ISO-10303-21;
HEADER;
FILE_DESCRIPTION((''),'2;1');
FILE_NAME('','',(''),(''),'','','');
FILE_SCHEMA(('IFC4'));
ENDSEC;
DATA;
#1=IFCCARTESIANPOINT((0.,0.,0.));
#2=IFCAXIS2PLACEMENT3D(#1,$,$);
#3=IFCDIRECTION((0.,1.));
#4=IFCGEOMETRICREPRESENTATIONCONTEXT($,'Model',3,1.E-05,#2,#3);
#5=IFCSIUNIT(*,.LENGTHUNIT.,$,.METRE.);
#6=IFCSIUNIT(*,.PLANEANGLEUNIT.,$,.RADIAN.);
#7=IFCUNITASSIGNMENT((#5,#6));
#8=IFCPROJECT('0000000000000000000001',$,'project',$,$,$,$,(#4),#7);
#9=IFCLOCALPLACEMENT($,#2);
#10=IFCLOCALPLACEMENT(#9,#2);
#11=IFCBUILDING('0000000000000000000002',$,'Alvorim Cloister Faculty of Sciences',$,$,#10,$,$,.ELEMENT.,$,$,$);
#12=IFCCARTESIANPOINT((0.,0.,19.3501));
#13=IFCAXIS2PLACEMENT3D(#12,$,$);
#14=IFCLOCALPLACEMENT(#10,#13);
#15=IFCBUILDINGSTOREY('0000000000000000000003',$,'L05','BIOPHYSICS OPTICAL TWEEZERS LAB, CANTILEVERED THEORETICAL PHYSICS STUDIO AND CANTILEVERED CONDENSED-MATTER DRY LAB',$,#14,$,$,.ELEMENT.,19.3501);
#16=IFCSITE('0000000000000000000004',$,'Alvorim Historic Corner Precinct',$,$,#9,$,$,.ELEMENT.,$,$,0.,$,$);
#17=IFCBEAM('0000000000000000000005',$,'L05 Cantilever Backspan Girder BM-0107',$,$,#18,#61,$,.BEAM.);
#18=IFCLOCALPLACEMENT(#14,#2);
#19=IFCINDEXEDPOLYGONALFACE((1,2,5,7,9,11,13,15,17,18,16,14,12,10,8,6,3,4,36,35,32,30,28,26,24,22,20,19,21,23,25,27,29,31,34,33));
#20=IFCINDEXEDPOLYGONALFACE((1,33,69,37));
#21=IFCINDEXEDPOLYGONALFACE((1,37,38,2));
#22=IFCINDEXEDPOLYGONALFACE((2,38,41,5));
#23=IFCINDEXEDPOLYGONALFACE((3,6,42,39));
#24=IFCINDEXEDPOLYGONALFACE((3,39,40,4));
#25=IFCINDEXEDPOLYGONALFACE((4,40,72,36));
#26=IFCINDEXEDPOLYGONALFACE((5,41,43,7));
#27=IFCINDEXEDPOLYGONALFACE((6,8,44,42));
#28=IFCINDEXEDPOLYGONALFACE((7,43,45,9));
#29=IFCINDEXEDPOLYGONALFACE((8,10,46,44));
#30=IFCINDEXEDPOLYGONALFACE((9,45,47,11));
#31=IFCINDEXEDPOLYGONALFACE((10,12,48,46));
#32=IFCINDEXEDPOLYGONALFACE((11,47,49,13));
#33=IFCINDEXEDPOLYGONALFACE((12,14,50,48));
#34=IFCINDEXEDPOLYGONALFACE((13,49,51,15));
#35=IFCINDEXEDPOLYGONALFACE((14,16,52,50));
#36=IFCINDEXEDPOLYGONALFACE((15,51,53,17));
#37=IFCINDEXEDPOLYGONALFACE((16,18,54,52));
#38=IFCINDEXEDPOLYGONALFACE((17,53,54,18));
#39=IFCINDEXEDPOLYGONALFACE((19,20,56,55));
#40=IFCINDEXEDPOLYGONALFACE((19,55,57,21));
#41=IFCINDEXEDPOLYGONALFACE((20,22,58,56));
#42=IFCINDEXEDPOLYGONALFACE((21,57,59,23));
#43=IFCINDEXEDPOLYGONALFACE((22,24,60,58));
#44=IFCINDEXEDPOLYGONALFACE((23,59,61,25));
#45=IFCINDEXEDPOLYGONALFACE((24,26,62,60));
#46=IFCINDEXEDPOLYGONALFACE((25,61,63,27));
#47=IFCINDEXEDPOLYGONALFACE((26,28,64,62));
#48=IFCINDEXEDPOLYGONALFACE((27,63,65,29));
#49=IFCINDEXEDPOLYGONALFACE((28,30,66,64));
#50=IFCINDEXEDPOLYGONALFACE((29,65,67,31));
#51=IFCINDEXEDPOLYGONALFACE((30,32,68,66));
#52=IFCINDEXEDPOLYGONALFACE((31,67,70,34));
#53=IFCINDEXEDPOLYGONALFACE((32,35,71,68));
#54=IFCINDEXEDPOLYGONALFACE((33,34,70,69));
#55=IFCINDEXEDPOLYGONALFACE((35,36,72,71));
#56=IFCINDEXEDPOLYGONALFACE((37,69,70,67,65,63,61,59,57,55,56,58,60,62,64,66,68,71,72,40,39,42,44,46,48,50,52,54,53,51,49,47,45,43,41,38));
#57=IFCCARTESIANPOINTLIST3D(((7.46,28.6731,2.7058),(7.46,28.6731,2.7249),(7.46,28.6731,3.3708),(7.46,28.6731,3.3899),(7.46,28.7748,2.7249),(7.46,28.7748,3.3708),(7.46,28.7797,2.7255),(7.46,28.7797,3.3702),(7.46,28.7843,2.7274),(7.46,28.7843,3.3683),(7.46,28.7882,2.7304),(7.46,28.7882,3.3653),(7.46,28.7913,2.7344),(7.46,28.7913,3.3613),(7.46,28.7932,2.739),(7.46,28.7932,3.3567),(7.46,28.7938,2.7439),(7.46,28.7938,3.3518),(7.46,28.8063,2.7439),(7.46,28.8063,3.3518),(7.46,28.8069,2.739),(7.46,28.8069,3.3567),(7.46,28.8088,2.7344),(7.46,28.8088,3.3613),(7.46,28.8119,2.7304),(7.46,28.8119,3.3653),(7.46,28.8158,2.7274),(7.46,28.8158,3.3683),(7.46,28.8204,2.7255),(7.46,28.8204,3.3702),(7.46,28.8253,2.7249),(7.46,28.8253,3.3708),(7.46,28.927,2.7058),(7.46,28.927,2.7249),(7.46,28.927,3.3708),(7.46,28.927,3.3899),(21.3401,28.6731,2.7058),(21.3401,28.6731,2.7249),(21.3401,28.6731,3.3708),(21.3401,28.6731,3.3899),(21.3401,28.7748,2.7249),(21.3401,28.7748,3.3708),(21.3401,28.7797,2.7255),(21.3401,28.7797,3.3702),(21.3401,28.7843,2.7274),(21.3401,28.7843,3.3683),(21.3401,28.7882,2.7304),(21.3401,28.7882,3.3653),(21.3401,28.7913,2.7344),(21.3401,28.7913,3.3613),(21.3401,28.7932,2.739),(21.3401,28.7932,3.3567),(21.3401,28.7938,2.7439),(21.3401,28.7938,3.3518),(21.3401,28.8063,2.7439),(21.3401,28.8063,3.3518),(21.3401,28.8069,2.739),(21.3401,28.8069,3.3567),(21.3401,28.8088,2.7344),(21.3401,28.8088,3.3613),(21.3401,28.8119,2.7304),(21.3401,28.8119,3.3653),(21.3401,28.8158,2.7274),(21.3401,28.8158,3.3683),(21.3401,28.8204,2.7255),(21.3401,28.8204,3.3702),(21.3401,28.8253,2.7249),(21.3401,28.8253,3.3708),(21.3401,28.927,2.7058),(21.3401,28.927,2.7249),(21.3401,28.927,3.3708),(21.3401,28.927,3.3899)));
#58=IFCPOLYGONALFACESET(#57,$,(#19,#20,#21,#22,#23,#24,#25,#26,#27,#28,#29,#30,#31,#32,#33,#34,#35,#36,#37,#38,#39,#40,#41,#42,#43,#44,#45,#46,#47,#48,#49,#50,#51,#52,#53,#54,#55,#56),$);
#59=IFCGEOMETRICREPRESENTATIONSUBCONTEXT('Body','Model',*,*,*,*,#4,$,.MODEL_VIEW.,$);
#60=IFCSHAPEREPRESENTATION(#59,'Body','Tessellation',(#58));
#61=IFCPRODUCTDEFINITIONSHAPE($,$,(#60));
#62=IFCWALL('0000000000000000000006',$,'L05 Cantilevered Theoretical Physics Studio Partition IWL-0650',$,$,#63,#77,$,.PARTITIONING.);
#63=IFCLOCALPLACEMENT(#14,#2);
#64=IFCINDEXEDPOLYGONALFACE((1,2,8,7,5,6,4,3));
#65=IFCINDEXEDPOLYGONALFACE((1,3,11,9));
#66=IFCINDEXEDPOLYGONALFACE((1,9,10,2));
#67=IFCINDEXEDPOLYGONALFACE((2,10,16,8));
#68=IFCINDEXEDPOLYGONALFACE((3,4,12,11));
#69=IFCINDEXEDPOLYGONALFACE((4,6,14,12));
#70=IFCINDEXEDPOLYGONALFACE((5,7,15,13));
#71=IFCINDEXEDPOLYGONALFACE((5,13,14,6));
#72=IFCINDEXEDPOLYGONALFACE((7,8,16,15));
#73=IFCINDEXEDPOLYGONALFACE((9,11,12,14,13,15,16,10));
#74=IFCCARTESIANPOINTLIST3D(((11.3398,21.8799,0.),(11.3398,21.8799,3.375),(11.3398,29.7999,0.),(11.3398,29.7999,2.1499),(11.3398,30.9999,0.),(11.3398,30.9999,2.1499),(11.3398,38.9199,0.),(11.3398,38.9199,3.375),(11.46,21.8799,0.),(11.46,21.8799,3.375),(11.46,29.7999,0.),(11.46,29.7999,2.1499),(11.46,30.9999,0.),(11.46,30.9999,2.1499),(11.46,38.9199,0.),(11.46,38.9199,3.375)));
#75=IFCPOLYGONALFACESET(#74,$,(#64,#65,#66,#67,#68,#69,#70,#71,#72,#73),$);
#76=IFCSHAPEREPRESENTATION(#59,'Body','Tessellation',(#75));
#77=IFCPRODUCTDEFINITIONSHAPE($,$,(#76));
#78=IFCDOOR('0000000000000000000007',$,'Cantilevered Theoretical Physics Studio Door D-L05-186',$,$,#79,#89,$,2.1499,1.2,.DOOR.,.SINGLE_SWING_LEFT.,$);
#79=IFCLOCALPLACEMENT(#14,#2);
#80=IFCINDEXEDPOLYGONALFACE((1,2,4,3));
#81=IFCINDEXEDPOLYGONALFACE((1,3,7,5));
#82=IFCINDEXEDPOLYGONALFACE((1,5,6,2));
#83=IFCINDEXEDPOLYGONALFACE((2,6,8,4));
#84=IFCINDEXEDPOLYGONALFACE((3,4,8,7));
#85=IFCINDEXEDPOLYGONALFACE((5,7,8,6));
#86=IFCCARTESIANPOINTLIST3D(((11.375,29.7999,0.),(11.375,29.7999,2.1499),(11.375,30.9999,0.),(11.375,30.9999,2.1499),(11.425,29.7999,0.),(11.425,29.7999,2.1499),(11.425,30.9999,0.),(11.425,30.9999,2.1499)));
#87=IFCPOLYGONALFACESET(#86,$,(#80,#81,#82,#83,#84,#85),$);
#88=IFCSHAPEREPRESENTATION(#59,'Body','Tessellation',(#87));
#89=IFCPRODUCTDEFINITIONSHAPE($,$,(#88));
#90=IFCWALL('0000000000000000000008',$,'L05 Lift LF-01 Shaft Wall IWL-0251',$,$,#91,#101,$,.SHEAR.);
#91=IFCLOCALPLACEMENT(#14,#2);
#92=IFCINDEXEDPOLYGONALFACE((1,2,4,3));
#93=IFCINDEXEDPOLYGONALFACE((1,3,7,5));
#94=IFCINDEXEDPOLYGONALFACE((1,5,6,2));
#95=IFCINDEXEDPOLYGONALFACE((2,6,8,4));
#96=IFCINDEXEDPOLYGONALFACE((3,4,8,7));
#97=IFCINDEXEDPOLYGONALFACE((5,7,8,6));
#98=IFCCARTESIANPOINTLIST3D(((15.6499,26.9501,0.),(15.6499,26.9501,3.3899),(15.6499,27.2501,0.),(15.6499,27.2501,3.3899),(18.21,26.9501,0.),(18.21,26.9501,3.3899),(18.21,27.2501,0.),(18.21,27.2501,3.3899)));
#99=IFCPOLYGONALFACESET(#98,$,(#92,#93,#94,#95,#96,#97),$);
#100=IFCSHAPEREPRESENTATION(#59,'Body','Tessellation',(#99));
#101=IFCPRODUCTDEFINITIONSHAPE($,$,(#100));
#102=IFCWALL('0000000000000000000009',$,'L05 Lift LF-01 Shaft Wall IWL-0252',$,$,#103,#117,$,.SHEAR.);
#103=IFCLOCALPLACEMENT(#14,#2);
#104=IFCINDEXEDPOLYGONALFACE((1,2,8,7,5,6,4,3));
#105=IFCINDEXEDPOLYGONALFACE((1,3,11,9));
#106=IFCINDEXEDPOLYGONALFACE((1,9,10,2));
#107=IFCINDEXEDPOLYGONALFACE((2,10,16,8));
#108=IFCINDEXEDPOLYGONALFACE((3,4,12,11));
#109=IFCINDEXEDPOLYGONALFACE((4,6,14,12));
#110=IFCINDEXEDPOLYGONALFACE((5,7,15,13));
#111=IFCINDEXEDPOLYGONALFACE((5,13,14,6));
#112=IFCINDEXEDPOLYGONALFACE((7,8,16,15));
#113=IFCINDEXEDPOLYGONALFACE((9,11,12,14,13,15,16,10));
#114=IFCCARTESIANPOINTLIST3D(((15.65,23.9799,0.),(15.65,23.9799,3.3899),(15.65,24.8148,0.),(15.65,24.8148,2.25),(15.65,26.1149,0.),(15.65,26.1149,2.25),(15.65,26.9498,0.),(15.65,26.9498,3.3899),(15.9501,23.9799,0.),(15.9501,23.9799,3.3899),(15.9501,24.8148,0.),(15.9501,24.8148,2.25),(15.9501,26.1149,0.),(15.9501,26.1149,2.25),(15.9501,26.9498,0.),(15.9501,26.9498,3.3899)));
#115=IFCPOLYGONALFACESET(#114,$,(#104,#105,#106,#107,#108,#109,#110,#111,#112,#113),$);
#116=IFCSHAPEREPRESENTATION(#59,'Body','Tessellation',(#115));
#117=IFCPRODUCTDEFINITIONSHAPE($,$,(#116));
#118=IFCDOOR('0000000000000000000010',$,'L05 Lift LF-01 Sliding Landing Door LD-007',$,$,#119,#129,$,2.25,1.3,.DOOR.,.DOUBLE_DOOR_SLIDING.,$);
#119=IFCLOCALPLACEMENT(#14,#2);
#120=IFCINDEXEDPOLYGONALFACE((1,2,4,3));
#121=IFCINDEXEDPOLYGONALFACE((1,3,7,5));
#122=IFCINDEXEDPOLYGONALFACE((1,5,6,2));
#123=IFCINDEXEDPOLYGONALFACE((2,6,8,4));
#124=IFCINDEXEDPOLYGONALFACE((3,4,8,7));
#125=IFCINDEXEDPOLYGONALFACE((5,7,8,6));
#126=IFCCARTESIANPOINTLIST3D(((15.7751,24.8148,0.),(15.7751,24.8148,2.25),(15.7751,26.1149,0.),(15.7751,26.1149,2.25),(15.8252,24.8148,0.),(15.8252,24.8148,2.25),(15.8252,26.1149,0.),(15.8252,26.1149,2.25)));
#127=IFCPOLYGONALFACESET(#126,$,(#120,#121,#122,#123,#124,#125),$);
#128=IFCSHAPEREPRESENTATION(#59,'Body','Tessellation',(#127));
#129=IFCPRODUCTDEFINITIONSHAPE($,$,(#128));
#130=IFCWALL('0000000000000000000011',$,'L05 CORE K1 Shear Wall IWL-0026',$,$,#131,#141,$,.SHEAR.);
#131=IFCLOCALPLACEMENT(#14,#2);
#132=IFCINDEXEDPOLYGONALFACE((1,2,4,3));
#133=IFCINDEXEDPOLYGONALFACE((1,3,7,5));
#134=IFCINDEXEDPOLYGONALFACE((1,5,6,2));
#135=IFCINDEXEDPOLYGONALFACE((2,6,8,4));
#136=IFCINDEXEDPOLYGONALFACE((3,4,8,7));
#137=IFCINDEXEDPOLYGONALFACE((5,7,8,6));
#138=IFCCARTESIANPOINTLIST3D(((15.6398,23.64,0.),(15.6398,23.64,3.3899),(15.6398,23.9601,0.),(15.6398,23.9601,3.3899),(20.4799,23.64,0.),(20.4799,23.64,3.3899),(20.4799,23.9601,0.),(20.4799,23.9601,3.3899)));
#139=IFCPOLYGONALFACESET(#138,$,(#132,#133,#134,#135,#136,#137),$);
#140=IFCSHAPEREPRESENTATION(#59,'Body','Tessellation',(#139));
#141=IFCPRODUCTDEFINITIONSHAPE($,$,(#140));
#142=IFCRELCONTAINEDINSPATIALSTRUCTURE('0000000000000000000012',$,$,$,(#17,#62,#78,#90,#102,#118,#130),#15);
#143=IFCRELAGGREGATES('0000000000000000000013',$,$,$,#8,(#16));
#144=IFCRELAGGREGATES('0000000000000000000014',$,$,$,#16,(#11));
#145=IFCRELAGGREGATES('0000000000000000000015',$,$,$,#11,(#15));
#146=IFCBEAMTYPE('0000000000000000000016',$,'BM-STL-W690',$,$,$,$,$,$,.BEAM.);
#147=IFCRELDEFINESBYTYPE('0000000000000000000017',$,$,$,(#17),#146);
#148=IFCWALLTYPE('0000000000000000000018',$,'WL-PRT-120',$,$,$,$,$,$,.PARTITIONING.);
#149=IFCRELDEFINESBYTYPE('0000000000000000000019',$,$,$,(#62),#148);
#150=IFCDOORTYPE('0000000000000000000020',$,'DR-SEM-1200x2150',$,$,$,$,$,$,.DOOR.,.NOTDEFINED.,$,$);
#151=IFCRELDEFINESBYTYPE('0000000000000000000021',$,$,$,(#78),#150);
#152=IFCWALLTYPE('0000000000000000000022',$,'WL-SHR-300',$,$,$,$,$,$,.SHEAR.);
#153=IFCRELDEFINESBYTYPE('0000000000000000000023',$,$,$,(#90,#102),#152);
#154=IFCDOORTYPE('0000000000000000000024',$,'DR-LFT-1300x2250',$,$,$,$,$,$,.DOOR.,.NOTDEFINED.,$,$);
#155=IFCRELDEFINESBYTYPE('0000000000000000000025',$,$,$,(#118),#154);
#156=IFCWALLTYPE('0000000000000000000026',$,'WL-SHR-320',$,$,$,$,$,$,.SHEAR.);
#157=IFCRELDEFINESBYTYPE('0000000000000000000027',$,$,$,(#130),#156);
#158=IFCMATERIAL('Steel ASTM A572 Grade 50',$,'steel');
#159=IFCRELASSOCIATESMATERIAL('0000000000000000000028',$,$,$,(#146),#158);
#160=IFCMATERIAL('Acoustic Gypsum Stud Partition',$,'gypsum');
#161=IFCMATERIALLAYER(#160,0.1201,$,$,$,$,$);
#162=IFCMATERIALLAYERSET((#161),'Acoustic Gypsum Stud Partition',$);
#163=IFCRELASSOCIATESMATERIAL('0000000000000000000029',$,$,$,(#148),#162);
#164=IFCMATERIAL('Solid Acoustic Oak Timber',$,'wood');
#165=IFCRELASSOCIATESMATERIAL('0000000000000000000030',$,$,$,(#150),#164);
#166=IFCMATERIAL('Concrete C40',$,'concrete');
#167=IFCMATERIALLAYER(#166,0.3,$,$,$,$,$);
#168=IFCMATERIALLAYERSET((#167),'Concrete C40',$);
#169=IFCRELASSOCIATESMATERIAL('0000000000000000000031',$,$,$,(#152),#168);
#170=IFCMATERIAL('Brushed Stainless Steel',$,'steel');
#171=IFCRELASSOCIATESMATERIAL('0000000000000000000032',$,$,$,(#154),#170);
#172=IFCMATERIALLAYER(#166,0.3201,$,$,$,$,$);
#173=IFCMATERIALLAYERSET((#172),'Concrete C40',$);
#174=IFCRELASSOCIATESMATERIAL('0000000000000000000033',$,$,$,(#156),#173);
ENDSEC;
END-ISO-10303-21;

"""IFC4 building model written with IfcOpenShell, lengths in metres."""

from ifc_helpers import new_model, si_unit, direction, frame, frame_2d, origin, origin_2d, place, context, subcontext, project, spatial, rectangle, i_section, extrude, material, layer, layer_set, material_profile, profile_set, type_object, element, fill, save


model = new_model("IFC4")

# Units and contexts
model_context = context("Model", 3, precision=1e-05, world=origin(), true_north=direction((0.0, 1.0)))
body_context = subcontext(model_context, "Body", "Model", "MODEL_VIEW")
ifc_project = project(units=[si_unit("LENGTHUNIT", "METRE"), si_unit("PLANEANGLEUNIT", "RADIAN")], contexts=[model_context])

# Site, building, storey
site_placement = place(None, origin())
site = spatial("IfcSite", under=ifc_project, at=site_placement, Name="Alvorim Historic Corner Precinct", CompositionType="ELEMENT", RefElevation=0.0)
building_placement = place(site_placement, origin())
building = spatial("IfcBuilding", under=site, at=building_placement, Name="Alvorim Cloister Faculty of Sciences", CompositionType="ELEMENT")
storey_placement = place(building_placement, frame((0.0, 0.0, 19.3501)))
storey = spatial("IfcBuildingStorey", under=building, at=storey_placement, Name="L05", Description="BIOPHYSICS OPTICAL TWEEZERS LAB, CANTILEVERED THEORETICAL PHYSICS STUDIO AND CANTILEVERED CONDENSED-MATTER DRY LAB", CompositionType="ELEMENT", Elevation=19.3501)

# Beam
ifc_material_1 = material(Name="Steel ASTM A572 Grade 50", Category="steel")
ifc_material_profile_1 = material_profile(ifc_material_1, i_section(OverallWidth=0.2539, OverallDepth=0.6841, WebThickness=0.0125, FlangeThickness=0.019, FilletRadius=0.019, at=origin_2d()), Name="W690x140.0")
ifc_profile_set_1 = profile_set([ifc_material_profile_1], Name="Steel ASTM A572 Grade 50")
beam_type_1 = type_object("IfcBeamType", Name="BM-STL-W690", PredefinedType="BEAM", material=ifc_profile_set_1)
beam_1_placement = place(storey_placement, frame((7.46, 28.8, 3.0479), z_axis=(1.0, 0.0, 0.0), x_axis=(0.0, 1.0, 0.0)))
element("IfcBeam", 1, at=beam_1_placement, inside=storey, type_object=beam_type_1, Name="L05 Cantilever Backspan Girder BM-0107", PredefinedType="BEAM", context=body_context, shape_type="SweptSolid", body=[
    extrude(i_section(OverallWidth=0.2539, OverallDepth=0.6841, WebThickness=0.0125, FlangeThickness=0.019, FilletRadius=0.019, at=origin_2d()), origin(), (0.0, 0.0, 1.0), 13.8801),
])

# Wall, opening, door
ifc_material_2 = material(Name="Acoustic Gypsum Stud Partition", Category="gypsum")
ifc_layer_1 = layer(ifc_material_2, 0.1201)
ifc_layer_set_1 = layer_set([ifc_layer_1], Name="Acoustic Gypsum Stud Partition")
wall_type_1 = type_object("IfcWallType", Name="WL-PRT-120", PredefinedType="PARTITIONING", material=ifc_layer_set_1)
wall_1_placement = place(storey_placement, frame((11.3999, 21.8799, 0.0), z_axis=(0.0, 0.0, 1.0), x_axis=(0.0, 1.0, 0.0)))
wall_1 = element("IfcWall", 2, at=wall_1_placement, inside=storey, type_object=wall_type_1, Name="L05 Cantilevered Theoretical Physics Studio Partition IWL-0650", PredefinedType="PARTITIONING", context=body_context, shape_type="SweptSolid", body=[
    extrude(rectangle(XDim=17.04, YDim=0.1201, at=frame_2d((8.52, 0.0))), origin(), (0.0, 0.0, 1.0), 3.375),
])
opening_1_placement = place(wall_1_placement, frame((7.9199, 0.0, 0.0)))
opening_1 = element("IfcOpeningElement", 3, at=opening_1_placement, cuts=wall_1, PredefinedType="OPENING", context=body_context, shape_type="SweptSolid", body=[
    extrude(rectangle(XDim=1.2, YDim=2.1499, at=frame_2d((0.6001, 1.075))), frame((0.0, 0.072, 0.0), z_axis=(0.0, -1.0, 0.0), x_axis=(1.0, 0.0, 0.0)), (0.0, 0.0, 1.0), 0.144),
])
ifc_material_3 = material(Name="Solid Acoustic Oak Timber", Category="wood")
door_type_1 = type_object("IfcDoorType", Name="DR-SEM-1200x2150", OperationType="NOTDEFINED", PredefinedType="DOOR", material=ifc_material_3)
door_1_placement = place(opening_1_placement, origin())
door_1 = element("IfcDoor", 4, at=door_1_placement, inside=storey, type_object=door_type_1, Name="Cantilevered Theoretical Physics Studio Door D-L05-186", OperationType="SINGLE_SWING_LEFT", OverallHeight=2.1499, OverallWidth=1.2, PredefinedType="DOOR", context=body_context, shape_type="SweptSolid", body=[
    extrude(rectangle(XDim=1.2, YDim=2.1499, at=frame_2d((0.6001, 1.075))), frame((0.0, 0.0249, 0.0), z_axis=(0.0, -1.0, 0.0), x_axis=(1.0, 0.0, 0.0)), (0.0, 0.0, 1.0), 0.05),
])
fill(opening_1, door_1)

# Wall
ifc_material_4 = material(Name="Concrete C40", Category="concrete")
ifc_layer_2 = layer(ifc_material_4, 0.3)
ifc_layer_set_2 = layer_set([ifc_layer_2], Name="Concrete C40")
wall_type_2 = type_object("IfcWallType", Name="WL-SHR-300", PredefinedType="SHEAR", material=ifc_layer_set_2)
wall_2_placement = place(storey_placement, frame((15.6499, 27.1001, 0.0), z_axis=(0.0, 0.0, 1.0), x_axis=(1.0, 0.0, 0.0)))
element("IfcWall", 5, at=wall_2_placement, inside=storey, type_object=wall_type_2, Name="L05 Lift LF-01 Shaft Wall IWL-0251", PredefinedType="SHEAR", context=body_context, shape_type="SweptSolid", body=[
    extrude(rectangle(XDim=2.5601, YDim=0.3, at=frame_2d((1.28, 0.0))), origin(), (0.0, 0.0, 1.0), 3.3899),
])

# Wall, opening, door
wall_3_placement = place(storey_placement, frame((15.8, 23.98, 0.0), z_axis=(0.0, 0.0, 1.0), x_axis=(0.0, 1.0, 0.0)))
wall_3 = element("IfcWall", 6, at=wall_3_placement, inside=storey, type_object=wall_type_2, Name="L05 Lift LF-01 Shaft Wall IWL-0252", PredefinedType="SHEAR", context=body_context, shape_type="SweptSolid", body=[
    extrude(rectangle(XDim=2.97, YDim=0.3, at=frame_2d((1.4849, 0.0))), origin(), (0.0, 0.0, 1.0), 3.3899),
])
opening_2_placement = place(wall_3_placement, frame((0.835, 0.0, 0.0)))
opening_2 = element("IfcOpeningElement", 7, at=opening_2_placement, cuts=wall_3, PredefinedType="OPENING", context=body_context, shape_type="SweptSolid", body=[
    extrude(rectangle(XDim=1.3, YDim=2.25, at=frame_2d((0.6499, 1.125))), frame((0.0, 0.1621, 0.0), z_axis=(0.0, -1.0, 0.0), x_axis=(1.0, 0.0, 0.0)), (0.0, 0.0, 1.0), 0.324),
])
ifc_material_5 = material(Name="Brushed Stainless Steel", Category="steel")
door_type_2 = type_object("IfcDoorType", Name="DR-LFT-1300x2250", OperationType="NOTDEFINED", PredefinedType="DOOR", material=ifc_material_5)
door_2_placement = place(opening_2_placement, origin())
door_2 = element("IfcDoor", 8, at=door_2_placement, inside=storey, type_object=door_type_2, Name="L05 Lift LF-01 Sliding Landing Door LD-007", OperationType="DOUBLE_DOOR_SLIDING", OverallHeight=2.25, OverallWidth=1.3, PredefinedType="DOOR", context=body_context, shape_type="SweptSolid", body=[
    extrude(rectangle(XDim=1.3, YDim=2.25, at=frame_2d((0.6499, 1.125))), frame((0.0, 0.0249, 0.0), z_axis=(0.0, -1.0, 0.0), x_axis=(1.0, 0.0, 0.0)), (0.0, 0.0, 1.0), 0.05),
])
fill(opening_2, door_2)

# Wall
ifc_layer_3 = layer(ifc_material_4, 0.3201)
ifc_layer_set_3 = layer_set([ifc_layer_3], Name="Concrete C40")
wall_type_3 = type_object("IfcWallType", Name="WL-SHR-320", PredefinedType="SHEAR", material=ifc_layer_set_3)
wall_4_placement = place(storey_placement, frame((15.6399, 23.8, 0.0), z_axis=(0.0, 0.0, 1.0), x_axis=(1.0, 0.0, 0.0)))
element("IfcWall", 9, at=wall_4_placement, inside=storey, type_object=wall_type_3, Name="L05 CORE K1 Shear Wall IWL-0026", PredefinedType="SHEAR", context=body_context, shape_type="SweptSolid", body=[
    extrude(rectangle(XDim=4.8401, YDim=0.3201, at=frame_2d((2.4199, 0.0))), origin(), (0.0, 0.0, 1.0), 3.3899),
])

save(model, "model.ifc")
